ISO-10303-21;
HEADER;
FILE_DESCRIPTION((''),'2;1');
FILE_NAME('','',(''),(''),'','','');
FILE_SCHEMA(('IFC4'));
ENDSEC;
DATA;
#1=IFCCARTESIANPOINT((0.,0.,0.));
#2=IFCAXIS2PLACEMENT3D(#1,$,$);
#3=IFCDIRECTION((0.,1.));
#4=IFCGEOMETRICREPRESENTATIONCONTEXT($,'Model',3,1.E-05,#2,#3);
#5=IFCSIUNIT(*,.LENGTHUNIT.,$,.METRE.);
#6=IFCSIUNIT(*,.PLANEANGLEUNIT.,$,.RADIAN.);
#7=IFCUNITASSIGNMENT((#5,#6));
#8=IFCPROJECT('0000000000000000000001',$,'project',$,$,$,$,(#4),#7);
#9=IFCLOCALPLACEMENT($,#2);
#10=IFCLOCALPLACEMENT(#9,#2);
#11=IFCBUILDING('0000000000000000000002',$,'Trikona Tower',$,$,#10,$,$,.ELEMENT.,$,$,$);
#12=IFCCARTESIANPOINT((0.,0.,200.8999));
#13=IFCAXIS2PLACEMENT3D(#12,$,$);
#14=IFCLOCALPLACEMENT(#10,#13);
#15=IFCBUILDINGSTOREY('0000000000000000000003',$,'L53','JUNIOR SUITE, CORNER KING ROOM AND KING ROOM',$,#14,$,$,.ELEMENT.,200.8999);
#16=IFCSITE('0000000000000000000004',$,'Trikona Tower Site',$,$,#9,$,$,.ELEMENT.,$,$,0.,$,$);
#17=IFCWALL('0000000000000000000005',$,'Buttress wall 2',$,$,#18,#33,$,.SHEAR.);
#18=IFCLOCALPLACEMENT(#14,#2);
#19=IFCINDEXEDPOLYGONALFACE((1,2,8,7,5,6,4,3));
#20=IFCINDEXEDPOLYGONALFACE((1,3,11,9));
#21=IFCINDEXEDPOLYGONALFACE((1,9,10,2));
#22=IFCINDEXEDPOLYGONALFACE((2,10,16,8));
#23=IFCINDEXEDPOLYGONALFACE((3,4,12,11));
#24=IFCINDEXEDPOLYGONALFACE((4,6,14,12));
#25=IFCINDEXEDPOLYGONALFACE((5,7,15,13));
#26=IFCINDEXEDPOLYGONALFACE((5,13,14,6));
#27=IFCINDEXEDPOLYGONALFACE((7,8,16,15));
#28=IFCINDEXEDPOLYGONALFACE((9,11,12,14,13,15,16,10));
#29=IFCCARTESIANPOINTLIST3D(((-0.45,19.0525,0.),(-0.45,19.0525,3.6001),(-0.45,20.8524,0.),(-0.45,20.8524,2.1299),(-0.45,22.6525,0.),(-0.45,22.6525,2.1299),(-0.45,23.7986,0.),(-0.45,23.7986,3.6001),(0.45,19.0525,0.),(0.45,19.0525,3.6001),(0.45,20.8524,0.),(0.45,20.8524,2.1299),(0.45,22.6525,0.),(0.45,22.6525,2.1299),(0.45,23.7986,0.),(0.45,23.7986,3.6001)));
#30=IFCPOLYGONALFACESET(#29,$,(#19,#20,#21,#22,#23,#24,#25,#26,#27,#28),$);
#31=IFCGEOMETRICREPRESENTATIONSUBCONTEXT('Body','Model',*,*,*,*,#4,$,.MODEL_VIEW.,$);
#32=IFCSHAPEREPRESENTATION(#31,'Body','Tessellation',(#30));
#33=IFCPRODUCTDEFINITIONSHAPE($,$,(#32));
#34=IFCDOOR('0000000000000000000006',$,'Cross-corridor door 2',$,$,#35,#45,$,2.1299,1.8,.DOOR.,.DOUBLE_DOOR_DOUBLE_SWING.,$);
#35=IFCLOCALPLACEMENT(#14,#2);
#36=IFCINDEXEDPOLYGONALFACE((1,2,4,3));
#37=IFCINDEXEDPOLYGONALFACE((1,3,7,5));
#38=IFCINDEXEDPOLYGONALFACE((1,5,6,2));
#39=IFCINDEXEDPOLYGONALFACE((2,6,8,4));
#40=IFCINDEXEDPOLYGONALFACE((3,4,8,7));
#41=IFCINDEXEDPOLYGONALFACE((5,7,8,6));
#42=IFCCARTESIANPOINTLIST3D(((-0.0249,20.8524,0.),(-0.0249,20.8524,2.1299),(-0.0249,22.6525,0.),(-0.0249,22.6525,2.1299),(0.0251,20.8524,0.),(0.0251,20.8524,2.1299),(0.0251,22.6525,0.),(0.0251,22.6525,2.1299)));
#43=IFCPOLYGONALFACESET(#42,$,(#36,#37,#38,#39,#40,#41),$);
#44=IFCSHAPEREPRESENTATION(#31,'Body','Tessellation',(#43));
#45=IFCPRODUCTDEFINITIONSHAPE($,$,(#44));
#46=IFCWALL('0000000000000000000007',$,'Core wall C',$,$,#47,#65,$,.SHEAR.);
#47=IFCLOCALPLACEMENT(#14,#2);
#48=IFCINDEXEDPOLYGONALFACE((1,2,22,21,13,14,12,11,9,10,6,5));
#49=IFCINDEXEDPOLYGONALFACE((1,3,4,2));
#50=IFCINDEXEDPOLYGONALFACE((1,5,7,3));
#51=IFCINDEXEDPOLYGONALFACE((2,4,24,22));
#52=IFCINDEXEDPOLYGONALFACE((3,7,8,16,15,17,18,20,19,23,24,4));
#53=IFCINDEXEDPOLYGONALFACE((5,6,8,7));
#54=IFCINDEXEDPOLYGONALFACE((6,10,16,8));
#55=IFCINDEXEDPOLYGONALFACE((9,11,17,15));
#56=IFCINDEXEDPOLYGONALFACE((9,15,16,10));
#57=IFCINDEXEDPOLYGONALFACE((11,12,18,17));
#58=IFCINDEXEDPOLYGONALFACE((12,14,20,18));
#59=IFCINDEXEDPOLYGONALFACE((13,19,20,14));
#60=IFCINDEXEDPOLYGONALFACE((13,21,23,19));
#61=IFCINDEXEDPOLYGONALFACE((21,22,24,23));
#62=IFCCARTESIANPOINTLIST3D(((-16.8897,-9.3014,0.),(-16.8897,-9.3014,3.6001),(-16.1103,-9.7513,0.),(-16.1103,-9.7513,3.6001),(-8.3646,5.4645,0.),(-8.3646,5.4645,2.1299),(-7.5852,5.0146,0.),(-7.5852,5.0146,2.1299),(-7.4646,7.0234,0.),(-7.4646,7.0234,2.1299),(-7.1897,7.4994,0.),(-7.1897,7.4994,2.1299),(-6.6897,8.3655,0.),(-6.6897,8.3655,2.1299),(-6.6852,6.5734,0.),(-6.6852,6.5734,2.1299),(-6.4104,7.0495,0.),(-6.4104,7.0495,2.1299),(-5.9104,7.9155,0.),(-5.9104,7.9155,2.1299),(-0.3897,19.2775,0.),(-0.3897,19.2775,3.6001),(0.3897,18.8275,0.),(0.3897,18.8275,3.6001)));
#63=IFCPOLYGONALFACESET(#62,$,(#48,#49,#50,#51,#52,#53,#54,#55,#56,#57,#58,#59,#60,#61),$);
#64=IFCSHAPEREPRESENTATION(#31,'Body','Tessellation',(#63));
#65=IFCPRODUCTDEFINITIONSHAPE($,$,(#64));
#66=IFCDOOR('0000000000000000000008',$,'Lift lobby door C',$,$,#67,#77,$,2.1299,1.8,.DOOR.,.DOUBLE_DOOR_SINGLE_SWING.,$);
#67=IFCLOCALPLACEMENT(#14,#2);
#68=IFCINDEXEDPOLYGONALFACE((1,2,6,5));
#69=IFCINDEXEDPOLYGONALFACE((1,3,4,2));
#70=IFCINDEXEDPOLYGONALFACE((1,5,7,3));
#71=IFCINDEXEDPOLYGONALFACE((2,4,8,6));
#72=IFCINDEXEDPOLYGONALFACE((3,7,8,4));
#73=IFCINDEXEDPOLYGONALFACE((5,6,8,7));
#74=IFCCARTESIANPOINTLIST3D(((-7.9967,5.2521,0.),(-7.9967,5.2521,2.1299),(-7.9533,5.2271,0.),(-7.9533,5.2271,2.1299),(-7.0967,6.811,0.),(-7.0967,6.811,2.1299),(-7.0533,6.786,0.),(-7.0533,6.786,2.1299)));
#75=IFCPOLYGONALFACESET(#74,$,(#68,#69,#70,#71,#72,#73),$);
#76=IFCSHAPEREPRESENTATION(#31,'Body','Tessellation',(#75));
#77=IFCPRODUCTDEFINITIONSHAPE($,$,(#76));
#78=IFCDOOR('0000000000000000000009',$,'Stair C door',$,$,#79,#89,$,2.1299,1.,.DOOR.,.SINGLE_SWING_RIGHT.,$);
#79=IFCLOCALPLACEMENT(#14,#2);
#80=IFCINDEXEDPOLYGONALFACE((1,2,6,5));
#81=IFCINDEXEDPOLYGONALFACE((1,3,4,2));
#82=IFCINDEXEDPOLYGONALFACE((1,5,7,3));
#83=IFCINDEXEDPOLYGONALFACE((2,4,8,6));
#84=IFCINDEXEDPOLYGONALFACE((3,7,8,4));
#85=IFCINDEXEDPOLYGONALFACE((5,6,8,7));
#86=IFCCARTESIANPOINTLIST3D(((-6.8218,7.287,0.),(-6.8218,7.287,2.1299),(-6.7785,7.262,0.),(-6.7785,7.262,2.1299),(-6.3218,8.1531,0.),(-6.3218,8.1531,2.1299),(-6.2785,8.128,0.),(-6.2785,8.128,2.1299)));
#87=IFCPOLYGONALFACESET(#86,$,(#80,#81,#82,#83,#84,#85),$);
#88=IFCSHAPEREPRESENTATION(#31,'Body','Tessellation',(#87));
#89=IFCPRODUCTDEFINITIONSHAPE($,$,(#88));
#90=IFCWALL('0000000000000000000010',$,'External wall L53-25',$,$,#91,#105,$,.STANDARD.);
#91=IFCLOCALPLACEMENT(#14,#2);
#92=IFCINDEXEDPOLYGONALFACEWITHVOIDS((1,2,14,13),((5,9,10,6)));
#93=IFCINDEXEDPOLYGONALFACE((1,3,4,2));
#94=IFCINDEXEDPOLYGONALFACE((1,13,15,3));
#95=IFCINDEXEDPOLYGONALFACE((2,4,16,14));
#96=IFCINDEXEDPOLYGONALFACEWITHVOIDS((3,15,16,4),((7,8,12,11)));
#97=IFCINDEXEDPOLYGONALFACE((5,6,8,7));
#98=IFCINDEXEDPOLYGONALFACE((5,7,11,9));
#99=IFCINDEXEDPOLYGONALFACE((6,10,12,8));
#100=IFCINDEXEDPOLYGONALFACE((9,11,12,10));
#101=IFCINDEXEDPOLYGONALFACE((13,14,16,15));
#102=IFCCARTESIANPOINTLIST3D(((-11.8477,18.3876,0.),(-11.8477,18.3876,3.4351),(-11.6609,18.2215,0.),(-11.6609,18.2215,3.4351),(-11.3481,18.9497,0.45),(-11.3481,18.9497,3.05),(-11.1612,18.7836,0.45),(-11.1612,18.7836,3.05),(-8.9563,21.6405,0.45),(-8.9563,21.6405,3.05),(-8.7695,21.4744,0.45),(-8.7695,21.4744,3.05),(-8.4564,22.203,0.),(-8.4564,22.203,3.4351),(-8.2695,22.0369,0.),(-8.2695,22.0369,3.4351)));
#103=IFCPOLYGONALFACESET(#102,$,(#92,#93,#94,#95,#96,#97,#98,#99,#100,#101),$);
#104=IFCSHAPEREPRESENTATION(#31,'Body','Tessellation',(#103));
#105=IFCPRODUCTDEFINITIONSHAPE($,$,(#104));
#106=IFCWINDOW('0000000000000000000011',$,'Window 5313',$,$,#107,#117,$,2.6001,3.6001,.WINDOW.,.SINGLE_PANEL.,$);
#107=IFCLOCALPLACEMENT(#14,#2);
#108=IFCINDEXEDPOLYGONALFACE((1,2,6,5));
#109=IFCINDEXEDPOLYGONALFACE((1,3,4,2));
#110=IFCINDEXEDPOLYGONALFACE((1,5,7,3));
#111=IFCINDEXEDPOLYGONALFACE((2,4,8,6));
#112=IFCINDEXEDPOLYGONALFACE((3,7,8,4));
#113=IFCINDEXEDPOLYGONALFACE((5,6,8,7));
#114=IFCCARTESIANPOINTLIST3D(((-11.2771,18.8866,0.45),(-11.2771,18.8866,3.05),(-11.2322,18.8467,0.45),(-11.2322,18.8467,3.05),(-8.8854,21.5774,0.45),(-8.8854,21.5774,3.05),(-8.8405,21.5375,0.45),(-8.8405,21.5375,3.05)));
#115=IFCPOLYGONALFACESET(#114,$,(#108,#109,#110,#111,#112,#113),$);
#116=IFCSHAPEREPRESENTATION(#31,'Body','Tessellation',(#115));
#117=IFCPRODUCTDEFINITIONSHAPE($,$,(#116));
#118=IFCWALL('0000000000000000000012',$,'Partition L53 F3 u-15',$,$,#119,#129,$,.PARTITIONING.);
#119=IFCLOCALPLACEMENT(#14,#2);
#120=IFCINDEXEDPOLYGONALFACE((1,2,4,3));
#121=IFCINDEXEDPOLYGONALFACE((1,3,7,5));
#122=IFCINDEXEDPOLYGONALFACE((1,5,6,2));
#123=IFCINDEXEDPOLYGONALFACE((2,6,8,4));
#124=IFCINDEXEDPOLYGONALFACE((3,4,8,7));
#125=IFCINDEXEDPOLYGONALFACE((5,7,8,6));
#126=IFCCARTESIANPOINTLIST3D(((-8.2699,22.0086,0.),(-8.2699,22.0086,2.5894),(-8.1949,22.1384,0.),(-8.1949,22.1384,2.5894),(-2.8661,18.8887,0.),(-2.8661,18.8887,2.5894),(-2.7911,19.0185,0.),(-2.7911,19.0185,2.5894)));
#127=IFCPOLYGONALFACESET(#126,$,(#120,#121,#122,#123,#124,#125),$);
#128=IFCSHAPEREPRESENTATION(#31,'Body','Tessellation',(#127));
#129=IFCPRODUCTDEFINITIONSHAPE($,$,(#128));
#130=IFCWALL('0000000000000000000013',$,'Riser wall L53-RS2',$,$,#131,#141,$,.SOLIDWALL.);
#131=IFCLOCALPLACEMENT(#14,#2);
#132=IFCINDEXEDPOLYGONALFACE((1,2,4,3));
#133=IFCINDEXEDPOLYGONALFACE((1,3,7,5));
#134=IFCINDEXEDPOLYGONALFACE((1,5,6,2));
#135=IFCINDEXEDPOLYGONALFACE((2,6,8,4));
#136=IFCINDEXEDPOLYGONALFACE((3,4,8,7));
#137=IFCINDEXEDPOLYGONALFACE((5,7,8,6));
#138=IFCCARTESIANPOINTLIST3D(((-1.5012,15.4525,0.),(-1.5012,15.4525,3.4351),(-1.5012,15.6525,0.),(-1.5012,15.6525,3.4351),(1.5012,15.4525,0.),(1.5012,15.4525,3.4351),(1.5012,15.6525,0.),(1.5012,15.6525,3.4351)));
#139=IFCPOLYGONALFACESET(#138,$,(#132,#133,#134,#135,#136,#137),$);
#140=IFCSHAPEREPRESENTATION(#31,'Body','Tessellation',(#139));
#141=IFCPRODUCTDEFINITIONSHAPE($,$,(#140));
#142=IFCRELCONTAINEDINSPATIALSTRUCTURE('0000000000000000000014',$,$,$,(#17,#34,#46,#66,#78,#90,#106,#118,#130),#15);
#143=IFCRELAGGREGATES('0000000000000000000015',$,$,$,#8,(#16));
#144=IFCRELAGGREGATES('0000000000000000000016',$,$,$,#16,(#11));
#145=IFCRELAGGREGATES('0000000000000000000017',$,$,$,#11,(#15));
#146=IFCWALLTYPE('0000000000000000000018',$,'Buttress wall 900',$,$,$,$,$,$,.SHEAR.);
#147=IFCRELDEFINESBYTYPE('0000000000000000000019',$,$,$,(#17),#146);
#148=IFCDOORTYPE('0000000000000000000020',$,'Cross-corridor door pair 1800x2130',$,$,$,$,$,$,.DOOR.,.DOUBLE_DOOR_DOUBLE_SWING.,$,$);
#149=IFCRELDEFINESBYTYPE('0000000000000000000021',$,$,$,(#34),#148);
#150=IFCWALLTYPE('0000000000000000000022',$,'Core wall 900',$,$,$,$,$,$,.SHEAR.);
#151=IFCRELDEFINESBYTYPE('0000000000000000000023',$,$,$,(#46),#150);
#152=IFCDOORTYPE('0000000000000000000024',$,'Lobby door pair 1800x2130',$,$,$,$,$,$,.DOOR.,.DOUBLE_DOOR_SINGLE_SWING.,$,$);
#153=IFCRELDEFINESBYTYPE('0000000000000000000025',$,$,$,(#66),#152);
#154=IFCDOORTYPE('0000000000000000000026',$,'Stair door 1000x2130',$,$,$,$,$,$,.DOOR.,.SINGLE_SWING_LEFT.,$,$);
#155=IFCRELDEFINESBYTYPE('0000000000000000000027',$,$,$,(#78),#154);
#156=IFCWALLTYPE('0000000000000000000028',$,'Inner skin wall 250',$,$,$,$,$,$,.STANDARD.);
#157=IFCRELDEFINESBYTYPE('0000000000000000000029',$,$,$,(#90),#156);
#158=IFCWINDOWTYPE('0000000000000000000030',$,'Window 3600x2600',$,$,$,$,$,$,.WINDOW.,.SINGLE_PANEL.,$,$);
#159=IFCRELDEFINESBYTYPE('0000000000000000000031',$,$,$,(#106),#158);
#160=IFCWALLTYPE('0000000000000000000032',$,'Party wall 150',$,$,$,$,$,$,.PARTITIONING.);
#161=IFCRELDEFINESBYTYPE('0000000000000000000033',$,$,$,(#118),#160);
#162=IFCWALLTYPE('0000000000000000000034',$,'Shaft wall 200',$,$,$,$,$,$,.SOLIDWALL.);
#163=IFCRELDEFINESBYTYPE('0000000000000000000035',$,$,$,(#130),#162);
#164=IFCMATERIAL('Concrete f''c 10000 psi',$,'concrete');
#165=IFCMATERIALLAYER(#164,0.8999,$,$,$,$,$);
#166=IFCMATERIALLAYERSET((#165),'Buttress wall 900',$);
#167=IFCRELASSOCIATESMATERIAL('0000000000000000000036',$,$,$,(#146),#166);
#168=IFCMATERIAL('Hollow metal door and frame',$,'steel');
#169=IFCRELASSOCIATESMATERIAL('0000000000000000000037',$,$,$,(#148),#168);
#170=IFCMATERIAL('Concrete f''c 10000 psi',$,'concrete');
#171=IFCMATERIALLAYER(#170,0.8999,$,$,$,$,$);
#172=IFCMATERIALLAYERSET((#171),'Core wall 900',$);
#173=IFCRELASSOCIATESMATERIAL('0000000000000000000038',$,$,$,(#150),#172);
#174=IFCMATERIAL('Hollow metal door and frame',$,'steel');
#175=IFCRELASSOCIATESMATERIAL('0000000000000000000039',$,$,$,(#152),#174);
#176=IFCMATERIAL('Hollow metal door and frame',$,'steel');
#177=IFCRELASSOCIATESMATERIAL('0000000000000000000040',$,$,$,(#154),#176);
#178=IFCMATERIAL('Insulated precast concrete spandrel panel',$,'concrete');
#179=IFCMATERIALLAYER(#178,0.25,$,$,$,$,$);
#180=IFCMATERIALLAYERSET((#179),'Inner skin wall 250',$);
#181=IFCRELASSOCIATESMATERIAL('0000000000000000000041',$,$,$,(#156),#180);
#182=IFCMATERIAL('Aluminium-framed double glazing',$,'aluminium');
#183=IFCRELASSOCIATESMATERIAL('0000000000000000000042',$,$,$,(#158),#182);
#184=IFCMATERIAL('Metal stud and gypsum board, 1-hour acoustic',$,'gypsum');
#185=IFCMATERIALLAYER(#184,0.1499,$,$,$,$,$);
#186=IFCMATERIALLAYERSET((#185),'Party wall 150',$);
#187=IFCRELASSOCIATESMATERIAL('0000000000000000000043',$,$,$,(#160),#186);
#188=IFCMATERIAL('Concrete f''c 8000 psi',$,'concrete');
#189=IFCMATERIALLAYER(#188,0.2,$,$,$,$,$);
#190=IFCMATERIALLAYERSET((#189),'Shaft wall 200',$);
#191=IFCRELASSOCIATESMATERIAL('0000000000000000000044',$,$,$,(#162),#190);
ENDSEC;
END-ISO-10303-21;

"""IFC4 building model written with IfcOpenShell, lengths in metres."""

from ifc_helpers import new_model, si_unit, direction, frame, frame_2d, origin, place, context, subcontext, project, spatial, rectangle, extrude, material, layer, layer_set, type_object, element, fill, save


model = new_model("IFC4")

# Units and contexts
model_context = context("Model", 3, precision=1e-05, world=origin(), true_north=direction((0.0, 1.0)))
body_context = subcontext(model_context, "Body", "Model", "MODEL_VIEW")
ifc_project = project(units=[si_unit("LENGTHUNIT", "METRE"), si_unit("PLANEANGLEUNIT", "RADIAN")], contexts=[model_context])

# Site, building, storey
site_placement = place(None, origin())
site = spatial("IfcSite", under=ifc_project, at=site_placement, Name="Trikona Tower Site", CompositionType="ELEMENT", RefElevation=0.0)
building_placement = place(site_placement, origin())
building = spatial("IfcBuilding", under=site, at=building_placement, Name="Trikona Tower", CompositionType="ELEMENT")
storey_placement = place(building_placement, frame((0.0, 0.0, 200.8999)))
storey = spatial("IfcBuildingStorey", under=building, at=storey_placement, Name="L53", Description="JUNIOR SUITE, CORNER KING ROOM AND KING ROOM", CompositionType="ELEMENT", Elevation=200.8999)

# Wall, opening, door
ifc_material_1 = material(Name="Concrete f'c 10000 psi", Category="concrete")
ifc_layer_1 = layer(ifc_material_1, 0.8999)
ifc_layer_set_1 = layer_set([ifc_layer_1], Name="Buttress wall 900")
wall_type_1 = type_object("IfcWallType", Name="Buttress wall 900", PredefinedType="SHEAR", material=ifc_layer_set_1)
wall_1_placement = place(storey_placement, frame((0.0, 19.0525, 0.0), z_axis=(0.0, 0.0, 1.0), x_axis=(0.0, 1.0, 0.0)))
wall_1 = element("IfcWall", 1, at=wall_1_placement, inside=storey, type_object=wall_type_1, Name="Buttress wall 2", PredefinedType="SHEAR", context=body_context, shape_type="SweptSolid", body=[
    extrude(rectangle(XDim=4.7461, YDim=0.8999, at=frame_2d((2.373, 0.0))), origin(), (0.0, 0.0, 1.0), 3.6001),
])
opening_1_placement = place(wall_1_placement, frame((1.8, 0.0, 0.0)))
opening_1 = element("IfcOpeningElement", 2, at=opening_1_placement, cuts=wall_1, PredefinedType="OPENING", context=body_context, shape_type="SweptSolid", body=[
    extrude(rectangle(XDim=1.8, YDim=2.1299, at=frame_2d((0.8999, 1.0649))), frame((0.0, 0.46, 0.0), z_axis=(0.0, -1.0, 0.0), x_axis=(1.0, 0.0, 0.0)), (0.0, 0.0, 1.0), 0.9199),
])
ifc_material_2 = material(Name="Hollow metal door and frame", Category="steel")
door_type_1 = type_object("IfcDoorType", Name="Cross-corridor door pair 1800x2130", OperationType="DOUBLE_DOOR_DOUBLE_SWING", PredefinedType="DOOR", material=ifc_material_2)
door_1_placement = place(opening_1_placement, origin())
door_1 = element("IfcDoor", 3, at=door_1_placement, inside=storey, type_object=door_type_1, Name="Cross-corridor door 2", OperationType="DOUBLE_DOOR_DOUBLE_SWING", OverallHeight=2.1299, OverallWidth=1.8, PredefinedType="DOOR", context=body_context, shape_type="SweptSolid", body=[
    extrude(rectangle(XDim=1.8, YDim=2.1299, at=frame_2d((0.8999, 1.0649))), frame((0.0, 0.0249, 0.0), z_axis=(0.0, -1.0, 0.0), x_axis=(1.0, 0.0, 0.0)), (0.0, 0.0, 1.0), 0.05),
])
fill(opening_1, door_1)

# Wall, openings, doors
ifc_material_3 = material(Name="Concrete f'c 10000 psi", Category="concrete")
ifc_layer_2 = layer(ifc_material_3, 0.8999)
ifc_layer_set_2 = layer_set([ifc_layer_2], Name="Core wall 900")
wall_type_2 = type_object("IfcWallType", Name="Core wall 900", PredefinedType="SHEAR", material=ifc_layer_set_2)
wall_2_placement = place(storey_placement, frame((0.0, 19.0525, 0.0), z_axis=(0.0, 0.0, 1.0), x_axis=(-0.5, -0.866026, 0.0)))
wall_2 = element("IfcWall", 4, at=wall_2_placement, inside=storey, type_object=wall_type_2, Name="Core wall C", PredefinedType="SHEAR", context=body_context, shape_type="SweptSolid", body=[
    extrude(rectangle(XDim=33.0, YDim=0.8999, at=frame_2d((16.5, 0.0))), origin(), (0.0, 0.0, 1.0), 3.6001),
])
opening_2_placement = place(wall_2_placement, frame((14.1499, 0.0, 0.0)))
opening_2 = element("IfcOpeningElement", 5, at=opening_2_placement, cuts=wall_2, PredefinedType="OPENING", context=body_context, shape_type="SweptSolid", body=[
    extrude(rectangle(XDim=1.8, YDim=2.1299, at=frame_2d((0.8999, 1.0649))), frame((0.0, 0.46, 0.0), z_axis=(0.0, -1.0, 0.0), x_axis=(1.0, 0.0, 0.0)), (0.0, 0.0, 1.0), 0.9199),
])
opening_3_placement = place(wall_2_placement, frame((12.6001, 0.0, 0.0)))
opening_3 = element("IfcOpeningElement", 6, at=opening_3_placement, cuts=wall_2, PredefinedType="OPENING", context=body_context, shape_type="SweptSolid", body=[
    extrude(rectangle(XDim=1.0, YDim=2.1299, at=frame_2d((0.5, 1.0649))), frame((0.0, 0.46, 0.0), z_axis=(0.0, -1.0, 0.0), x_axis=(1.0, 0.0, 0.0)), (0.0, 0.0, 1.0), 0.9199),
])
ifc_material_4 = material(Name="Hollow metal door and frame", Category="steel")
door_type_2 = type_object("IfcDoorType", Name="Lobby door pair 1800x2130", OperationType="DOUBLE_DOOR_SINGLE_SWING", PredefinedType="DOOR", material=ifc_material_4)
door_2_placement = place(opening_2_placement, origin())
door_2 = element("IfcDoor", 7, at=door_2_placement, inside=storey, type_object=door_type_2, Name="Lift lobby door C", OperationType="DOUBLE_DOOR_SINGLE_SWING", OverallHeight=2.1299, OverallWidth=1.8, PredefinedType="DOOR", context=body_context, shape_type="SweptSolid", body=[
    extrude(rectangle(XDim=1.8, YDim=2.1299, at=frame_2d((0.8999, 1.0649))), frame((0.0, 0.0249, 0.0), z_axis=(0.0, -1.0, 0.0), x_axis=(1.0, 0.0, 0.0)), (0.0, 0.0, 1.0), 0.05),
])
fill(opening_2, door_2)
ifc_material_5 = material(Name="Hollow metal door and frame", Category="steel")
door_type_3 = type_object("IfcDoorType", Name="Stair door 1000x2130", OperationType="SINGLE_SWING_LEFT", PredefinedType="DOOR", material=ifc_material_5)
door_3_placement = place(opening_3_placement, origin())
door_3 = element("IfcDoor", 8, at=door_3_placement, inside=storey, type_object=door_type_3, Name="Stair C door", OperationType="SINGLE_SWING_RIGHT", OverallHeight=2.1299, OverallWidth=1.0, PredefinedType="DOOR", context=body_context, shape_type="SweptSolid", body=[
    extrude(rectangle(XDim=1.0, YDim=2.1299, at=frame_2d((0.5, 1.0649))), frame((0.0, 0.0249, 0.0), z_axis=(0.0, -1.0, 0.0), x_axis=(1.0, 0.0, 0.0)), (0.0, 0.0, 1.0), 0.05),
])
fill(opening_3, door_3)

# Wall, opening, window
ifc_material_6 = material(Name="Insulated precast concrete spandrel panel", Category="concrete")
ifc_layer_3 = layer(ifc_material_6, 0.25)
ifc_layer_set_3 = layer_set([ifc_layer_3], Name="Inner skin wall 250")
wall_type_3 = type_object("IfcWallType", Name="Inner skin wall 250", PredefinedType="STANDARD", material=ifc_layer_set_3)
wall_3_placement = place(storey_placement, frame((-8.363, 22.1199, 0.0), z_axis=(0.0, 0.0, 1.0), x_axis=(-0.664349, -0.747423, 0.0)))
wall_3 = element("IfcWall", 9, at=wall_3_placement, inside=storey, type_object=wall_type_3, Name="External wall L53-25", PredefinedType="STANDARD", context=body_context, shape_type="SweptSolid", body=[
    extrude(rectangle(XDim=5.1047, YDim=0.25, at=frame_2d((2.5522, 0.0))), origin(), (0.0, 0.0, 1.0), 3.4351),
])
opening_4_placement = place(wall_3_placement, frame((0.7524, 0.0, 0.45)))
opening_4 = element("IfcOpeningElement", 10, at=opening_4_placement, cuts=wall_3, PredefinedType="OPENING", context=body_context, shape_type="SweptSolid", body=[
    extrude(rectangle(XDim=3.6001, YDim=2.6001, at=frame_2d((1.8, 1.3))), frame((0.0, 0.135, 0.0), z_axis=(0.0, -1.0, 0.0), x_axis=(1.0, 0.0, 0.0)), (0.0, 0.0, 1.0), 0.27),
])
ifc_material_7 = material(Name="Aluminium-framed double glazing", Category="aluminium")
window_type = type_object("IfcWindowType", Name="Window 3600x2600", PartitioningType="SINGLE_PANEL", PredefinedType="WINDOW", material=ifc_material_7)
window_placement = place(opening_4_placement, origin())
window = element("IfcWindow", 11, at=window_placement, inside=storey, type_object=window_type, Name="Window 5313", OverallHeight=2.6001, OverallWidth=3.6001, PartitioningType="SINGLE_PANEL", PredefinedType="WINDOW", context=body_context, shape_type="SweptSolid", body=[
    extrude(rectangle(XDim=3.6001, YDim=2.6001, at=frame_2d((1.8, 1.3))), frame((0.0, 0.03, 0.0), z_axis=(0.0, -1.0, 0.0), x_axis=(1.0, 0.0, 0.0)), (0.0, 0.0, 1.0), 0.0601),
])
fill(opening_4, window)

# Walls
ifc_material_8 = material(Name="Metal stud and gypsum board, 1-hour acoustic", Category="gypsum")
ifc_layer_4 = layer(ifc_material_8, 0.1499)
ifc_layer_set_4 = layer_set([ifc_layer_4], Name="Party wall 150")
wall_type_4 = type_object("IfcWallType", Name="Party wall 150", PredefinedType="PARTITIONING", material=ifc_layer_set_4)
wall_4_placement = place(storey_placement, frame((-2.8286, 18.9536, 0.0), z_axis=(0.0, 0.0, 1.0), x_axis=(-0.866027, 0.499998, 0.0)))
element("IfcWall", 12, at=wall_4_placement, inside=storey, type_object=wall_type_4, Name="Partition L53 F3 u-15", PredefinedType="PARTITIONING", context=body_context, shape_type="SweptSolid", body=[
    extrude(rectangle(XDim=6.2397, YDim=0.1499, at=frame_2d((3.1199, 0.0))), origin(), (0.0, 0.0, 1.0), 2.5894),
])
ifc_material_9 = material(Name="Concrete f'c 8000 psi", Category="concrete")
ifc_layer_5 = layer(ifc_material_9, 0.2)
ifc_layer_set_5 = layer_set([ifc_layer_5], Name="Shaft wall 200")
wall_type_5 = type_object("IfcWallType", Name="Shaft wall 200", PredefinedType="SOLIDWALL", material=ifc_layer_set_5)
wall_5_placement = place(storey_placement, frame((-1.5012, 15.5525, 0.0), z_axis=(0.0, 0.0, 1.0), x_axis=(1.0, 0.0, 0.0)))
element("IfcWall", 13, at=wall_5_placement, inside=storey, type_object=wall_type_5, Name="Riser wall L53-RS2", PredefinedType="SOLIDWALL", context=body_context, shape_type="SweptSolid", body=[
    extrude(rectangle(XDim=3.0024, YDim=0.2, at=frame_2d((1.5012, 0.0))), origin(), (0.0, 0.0, 1.0), 3.4351),
])

save(model, "model.ifc")
